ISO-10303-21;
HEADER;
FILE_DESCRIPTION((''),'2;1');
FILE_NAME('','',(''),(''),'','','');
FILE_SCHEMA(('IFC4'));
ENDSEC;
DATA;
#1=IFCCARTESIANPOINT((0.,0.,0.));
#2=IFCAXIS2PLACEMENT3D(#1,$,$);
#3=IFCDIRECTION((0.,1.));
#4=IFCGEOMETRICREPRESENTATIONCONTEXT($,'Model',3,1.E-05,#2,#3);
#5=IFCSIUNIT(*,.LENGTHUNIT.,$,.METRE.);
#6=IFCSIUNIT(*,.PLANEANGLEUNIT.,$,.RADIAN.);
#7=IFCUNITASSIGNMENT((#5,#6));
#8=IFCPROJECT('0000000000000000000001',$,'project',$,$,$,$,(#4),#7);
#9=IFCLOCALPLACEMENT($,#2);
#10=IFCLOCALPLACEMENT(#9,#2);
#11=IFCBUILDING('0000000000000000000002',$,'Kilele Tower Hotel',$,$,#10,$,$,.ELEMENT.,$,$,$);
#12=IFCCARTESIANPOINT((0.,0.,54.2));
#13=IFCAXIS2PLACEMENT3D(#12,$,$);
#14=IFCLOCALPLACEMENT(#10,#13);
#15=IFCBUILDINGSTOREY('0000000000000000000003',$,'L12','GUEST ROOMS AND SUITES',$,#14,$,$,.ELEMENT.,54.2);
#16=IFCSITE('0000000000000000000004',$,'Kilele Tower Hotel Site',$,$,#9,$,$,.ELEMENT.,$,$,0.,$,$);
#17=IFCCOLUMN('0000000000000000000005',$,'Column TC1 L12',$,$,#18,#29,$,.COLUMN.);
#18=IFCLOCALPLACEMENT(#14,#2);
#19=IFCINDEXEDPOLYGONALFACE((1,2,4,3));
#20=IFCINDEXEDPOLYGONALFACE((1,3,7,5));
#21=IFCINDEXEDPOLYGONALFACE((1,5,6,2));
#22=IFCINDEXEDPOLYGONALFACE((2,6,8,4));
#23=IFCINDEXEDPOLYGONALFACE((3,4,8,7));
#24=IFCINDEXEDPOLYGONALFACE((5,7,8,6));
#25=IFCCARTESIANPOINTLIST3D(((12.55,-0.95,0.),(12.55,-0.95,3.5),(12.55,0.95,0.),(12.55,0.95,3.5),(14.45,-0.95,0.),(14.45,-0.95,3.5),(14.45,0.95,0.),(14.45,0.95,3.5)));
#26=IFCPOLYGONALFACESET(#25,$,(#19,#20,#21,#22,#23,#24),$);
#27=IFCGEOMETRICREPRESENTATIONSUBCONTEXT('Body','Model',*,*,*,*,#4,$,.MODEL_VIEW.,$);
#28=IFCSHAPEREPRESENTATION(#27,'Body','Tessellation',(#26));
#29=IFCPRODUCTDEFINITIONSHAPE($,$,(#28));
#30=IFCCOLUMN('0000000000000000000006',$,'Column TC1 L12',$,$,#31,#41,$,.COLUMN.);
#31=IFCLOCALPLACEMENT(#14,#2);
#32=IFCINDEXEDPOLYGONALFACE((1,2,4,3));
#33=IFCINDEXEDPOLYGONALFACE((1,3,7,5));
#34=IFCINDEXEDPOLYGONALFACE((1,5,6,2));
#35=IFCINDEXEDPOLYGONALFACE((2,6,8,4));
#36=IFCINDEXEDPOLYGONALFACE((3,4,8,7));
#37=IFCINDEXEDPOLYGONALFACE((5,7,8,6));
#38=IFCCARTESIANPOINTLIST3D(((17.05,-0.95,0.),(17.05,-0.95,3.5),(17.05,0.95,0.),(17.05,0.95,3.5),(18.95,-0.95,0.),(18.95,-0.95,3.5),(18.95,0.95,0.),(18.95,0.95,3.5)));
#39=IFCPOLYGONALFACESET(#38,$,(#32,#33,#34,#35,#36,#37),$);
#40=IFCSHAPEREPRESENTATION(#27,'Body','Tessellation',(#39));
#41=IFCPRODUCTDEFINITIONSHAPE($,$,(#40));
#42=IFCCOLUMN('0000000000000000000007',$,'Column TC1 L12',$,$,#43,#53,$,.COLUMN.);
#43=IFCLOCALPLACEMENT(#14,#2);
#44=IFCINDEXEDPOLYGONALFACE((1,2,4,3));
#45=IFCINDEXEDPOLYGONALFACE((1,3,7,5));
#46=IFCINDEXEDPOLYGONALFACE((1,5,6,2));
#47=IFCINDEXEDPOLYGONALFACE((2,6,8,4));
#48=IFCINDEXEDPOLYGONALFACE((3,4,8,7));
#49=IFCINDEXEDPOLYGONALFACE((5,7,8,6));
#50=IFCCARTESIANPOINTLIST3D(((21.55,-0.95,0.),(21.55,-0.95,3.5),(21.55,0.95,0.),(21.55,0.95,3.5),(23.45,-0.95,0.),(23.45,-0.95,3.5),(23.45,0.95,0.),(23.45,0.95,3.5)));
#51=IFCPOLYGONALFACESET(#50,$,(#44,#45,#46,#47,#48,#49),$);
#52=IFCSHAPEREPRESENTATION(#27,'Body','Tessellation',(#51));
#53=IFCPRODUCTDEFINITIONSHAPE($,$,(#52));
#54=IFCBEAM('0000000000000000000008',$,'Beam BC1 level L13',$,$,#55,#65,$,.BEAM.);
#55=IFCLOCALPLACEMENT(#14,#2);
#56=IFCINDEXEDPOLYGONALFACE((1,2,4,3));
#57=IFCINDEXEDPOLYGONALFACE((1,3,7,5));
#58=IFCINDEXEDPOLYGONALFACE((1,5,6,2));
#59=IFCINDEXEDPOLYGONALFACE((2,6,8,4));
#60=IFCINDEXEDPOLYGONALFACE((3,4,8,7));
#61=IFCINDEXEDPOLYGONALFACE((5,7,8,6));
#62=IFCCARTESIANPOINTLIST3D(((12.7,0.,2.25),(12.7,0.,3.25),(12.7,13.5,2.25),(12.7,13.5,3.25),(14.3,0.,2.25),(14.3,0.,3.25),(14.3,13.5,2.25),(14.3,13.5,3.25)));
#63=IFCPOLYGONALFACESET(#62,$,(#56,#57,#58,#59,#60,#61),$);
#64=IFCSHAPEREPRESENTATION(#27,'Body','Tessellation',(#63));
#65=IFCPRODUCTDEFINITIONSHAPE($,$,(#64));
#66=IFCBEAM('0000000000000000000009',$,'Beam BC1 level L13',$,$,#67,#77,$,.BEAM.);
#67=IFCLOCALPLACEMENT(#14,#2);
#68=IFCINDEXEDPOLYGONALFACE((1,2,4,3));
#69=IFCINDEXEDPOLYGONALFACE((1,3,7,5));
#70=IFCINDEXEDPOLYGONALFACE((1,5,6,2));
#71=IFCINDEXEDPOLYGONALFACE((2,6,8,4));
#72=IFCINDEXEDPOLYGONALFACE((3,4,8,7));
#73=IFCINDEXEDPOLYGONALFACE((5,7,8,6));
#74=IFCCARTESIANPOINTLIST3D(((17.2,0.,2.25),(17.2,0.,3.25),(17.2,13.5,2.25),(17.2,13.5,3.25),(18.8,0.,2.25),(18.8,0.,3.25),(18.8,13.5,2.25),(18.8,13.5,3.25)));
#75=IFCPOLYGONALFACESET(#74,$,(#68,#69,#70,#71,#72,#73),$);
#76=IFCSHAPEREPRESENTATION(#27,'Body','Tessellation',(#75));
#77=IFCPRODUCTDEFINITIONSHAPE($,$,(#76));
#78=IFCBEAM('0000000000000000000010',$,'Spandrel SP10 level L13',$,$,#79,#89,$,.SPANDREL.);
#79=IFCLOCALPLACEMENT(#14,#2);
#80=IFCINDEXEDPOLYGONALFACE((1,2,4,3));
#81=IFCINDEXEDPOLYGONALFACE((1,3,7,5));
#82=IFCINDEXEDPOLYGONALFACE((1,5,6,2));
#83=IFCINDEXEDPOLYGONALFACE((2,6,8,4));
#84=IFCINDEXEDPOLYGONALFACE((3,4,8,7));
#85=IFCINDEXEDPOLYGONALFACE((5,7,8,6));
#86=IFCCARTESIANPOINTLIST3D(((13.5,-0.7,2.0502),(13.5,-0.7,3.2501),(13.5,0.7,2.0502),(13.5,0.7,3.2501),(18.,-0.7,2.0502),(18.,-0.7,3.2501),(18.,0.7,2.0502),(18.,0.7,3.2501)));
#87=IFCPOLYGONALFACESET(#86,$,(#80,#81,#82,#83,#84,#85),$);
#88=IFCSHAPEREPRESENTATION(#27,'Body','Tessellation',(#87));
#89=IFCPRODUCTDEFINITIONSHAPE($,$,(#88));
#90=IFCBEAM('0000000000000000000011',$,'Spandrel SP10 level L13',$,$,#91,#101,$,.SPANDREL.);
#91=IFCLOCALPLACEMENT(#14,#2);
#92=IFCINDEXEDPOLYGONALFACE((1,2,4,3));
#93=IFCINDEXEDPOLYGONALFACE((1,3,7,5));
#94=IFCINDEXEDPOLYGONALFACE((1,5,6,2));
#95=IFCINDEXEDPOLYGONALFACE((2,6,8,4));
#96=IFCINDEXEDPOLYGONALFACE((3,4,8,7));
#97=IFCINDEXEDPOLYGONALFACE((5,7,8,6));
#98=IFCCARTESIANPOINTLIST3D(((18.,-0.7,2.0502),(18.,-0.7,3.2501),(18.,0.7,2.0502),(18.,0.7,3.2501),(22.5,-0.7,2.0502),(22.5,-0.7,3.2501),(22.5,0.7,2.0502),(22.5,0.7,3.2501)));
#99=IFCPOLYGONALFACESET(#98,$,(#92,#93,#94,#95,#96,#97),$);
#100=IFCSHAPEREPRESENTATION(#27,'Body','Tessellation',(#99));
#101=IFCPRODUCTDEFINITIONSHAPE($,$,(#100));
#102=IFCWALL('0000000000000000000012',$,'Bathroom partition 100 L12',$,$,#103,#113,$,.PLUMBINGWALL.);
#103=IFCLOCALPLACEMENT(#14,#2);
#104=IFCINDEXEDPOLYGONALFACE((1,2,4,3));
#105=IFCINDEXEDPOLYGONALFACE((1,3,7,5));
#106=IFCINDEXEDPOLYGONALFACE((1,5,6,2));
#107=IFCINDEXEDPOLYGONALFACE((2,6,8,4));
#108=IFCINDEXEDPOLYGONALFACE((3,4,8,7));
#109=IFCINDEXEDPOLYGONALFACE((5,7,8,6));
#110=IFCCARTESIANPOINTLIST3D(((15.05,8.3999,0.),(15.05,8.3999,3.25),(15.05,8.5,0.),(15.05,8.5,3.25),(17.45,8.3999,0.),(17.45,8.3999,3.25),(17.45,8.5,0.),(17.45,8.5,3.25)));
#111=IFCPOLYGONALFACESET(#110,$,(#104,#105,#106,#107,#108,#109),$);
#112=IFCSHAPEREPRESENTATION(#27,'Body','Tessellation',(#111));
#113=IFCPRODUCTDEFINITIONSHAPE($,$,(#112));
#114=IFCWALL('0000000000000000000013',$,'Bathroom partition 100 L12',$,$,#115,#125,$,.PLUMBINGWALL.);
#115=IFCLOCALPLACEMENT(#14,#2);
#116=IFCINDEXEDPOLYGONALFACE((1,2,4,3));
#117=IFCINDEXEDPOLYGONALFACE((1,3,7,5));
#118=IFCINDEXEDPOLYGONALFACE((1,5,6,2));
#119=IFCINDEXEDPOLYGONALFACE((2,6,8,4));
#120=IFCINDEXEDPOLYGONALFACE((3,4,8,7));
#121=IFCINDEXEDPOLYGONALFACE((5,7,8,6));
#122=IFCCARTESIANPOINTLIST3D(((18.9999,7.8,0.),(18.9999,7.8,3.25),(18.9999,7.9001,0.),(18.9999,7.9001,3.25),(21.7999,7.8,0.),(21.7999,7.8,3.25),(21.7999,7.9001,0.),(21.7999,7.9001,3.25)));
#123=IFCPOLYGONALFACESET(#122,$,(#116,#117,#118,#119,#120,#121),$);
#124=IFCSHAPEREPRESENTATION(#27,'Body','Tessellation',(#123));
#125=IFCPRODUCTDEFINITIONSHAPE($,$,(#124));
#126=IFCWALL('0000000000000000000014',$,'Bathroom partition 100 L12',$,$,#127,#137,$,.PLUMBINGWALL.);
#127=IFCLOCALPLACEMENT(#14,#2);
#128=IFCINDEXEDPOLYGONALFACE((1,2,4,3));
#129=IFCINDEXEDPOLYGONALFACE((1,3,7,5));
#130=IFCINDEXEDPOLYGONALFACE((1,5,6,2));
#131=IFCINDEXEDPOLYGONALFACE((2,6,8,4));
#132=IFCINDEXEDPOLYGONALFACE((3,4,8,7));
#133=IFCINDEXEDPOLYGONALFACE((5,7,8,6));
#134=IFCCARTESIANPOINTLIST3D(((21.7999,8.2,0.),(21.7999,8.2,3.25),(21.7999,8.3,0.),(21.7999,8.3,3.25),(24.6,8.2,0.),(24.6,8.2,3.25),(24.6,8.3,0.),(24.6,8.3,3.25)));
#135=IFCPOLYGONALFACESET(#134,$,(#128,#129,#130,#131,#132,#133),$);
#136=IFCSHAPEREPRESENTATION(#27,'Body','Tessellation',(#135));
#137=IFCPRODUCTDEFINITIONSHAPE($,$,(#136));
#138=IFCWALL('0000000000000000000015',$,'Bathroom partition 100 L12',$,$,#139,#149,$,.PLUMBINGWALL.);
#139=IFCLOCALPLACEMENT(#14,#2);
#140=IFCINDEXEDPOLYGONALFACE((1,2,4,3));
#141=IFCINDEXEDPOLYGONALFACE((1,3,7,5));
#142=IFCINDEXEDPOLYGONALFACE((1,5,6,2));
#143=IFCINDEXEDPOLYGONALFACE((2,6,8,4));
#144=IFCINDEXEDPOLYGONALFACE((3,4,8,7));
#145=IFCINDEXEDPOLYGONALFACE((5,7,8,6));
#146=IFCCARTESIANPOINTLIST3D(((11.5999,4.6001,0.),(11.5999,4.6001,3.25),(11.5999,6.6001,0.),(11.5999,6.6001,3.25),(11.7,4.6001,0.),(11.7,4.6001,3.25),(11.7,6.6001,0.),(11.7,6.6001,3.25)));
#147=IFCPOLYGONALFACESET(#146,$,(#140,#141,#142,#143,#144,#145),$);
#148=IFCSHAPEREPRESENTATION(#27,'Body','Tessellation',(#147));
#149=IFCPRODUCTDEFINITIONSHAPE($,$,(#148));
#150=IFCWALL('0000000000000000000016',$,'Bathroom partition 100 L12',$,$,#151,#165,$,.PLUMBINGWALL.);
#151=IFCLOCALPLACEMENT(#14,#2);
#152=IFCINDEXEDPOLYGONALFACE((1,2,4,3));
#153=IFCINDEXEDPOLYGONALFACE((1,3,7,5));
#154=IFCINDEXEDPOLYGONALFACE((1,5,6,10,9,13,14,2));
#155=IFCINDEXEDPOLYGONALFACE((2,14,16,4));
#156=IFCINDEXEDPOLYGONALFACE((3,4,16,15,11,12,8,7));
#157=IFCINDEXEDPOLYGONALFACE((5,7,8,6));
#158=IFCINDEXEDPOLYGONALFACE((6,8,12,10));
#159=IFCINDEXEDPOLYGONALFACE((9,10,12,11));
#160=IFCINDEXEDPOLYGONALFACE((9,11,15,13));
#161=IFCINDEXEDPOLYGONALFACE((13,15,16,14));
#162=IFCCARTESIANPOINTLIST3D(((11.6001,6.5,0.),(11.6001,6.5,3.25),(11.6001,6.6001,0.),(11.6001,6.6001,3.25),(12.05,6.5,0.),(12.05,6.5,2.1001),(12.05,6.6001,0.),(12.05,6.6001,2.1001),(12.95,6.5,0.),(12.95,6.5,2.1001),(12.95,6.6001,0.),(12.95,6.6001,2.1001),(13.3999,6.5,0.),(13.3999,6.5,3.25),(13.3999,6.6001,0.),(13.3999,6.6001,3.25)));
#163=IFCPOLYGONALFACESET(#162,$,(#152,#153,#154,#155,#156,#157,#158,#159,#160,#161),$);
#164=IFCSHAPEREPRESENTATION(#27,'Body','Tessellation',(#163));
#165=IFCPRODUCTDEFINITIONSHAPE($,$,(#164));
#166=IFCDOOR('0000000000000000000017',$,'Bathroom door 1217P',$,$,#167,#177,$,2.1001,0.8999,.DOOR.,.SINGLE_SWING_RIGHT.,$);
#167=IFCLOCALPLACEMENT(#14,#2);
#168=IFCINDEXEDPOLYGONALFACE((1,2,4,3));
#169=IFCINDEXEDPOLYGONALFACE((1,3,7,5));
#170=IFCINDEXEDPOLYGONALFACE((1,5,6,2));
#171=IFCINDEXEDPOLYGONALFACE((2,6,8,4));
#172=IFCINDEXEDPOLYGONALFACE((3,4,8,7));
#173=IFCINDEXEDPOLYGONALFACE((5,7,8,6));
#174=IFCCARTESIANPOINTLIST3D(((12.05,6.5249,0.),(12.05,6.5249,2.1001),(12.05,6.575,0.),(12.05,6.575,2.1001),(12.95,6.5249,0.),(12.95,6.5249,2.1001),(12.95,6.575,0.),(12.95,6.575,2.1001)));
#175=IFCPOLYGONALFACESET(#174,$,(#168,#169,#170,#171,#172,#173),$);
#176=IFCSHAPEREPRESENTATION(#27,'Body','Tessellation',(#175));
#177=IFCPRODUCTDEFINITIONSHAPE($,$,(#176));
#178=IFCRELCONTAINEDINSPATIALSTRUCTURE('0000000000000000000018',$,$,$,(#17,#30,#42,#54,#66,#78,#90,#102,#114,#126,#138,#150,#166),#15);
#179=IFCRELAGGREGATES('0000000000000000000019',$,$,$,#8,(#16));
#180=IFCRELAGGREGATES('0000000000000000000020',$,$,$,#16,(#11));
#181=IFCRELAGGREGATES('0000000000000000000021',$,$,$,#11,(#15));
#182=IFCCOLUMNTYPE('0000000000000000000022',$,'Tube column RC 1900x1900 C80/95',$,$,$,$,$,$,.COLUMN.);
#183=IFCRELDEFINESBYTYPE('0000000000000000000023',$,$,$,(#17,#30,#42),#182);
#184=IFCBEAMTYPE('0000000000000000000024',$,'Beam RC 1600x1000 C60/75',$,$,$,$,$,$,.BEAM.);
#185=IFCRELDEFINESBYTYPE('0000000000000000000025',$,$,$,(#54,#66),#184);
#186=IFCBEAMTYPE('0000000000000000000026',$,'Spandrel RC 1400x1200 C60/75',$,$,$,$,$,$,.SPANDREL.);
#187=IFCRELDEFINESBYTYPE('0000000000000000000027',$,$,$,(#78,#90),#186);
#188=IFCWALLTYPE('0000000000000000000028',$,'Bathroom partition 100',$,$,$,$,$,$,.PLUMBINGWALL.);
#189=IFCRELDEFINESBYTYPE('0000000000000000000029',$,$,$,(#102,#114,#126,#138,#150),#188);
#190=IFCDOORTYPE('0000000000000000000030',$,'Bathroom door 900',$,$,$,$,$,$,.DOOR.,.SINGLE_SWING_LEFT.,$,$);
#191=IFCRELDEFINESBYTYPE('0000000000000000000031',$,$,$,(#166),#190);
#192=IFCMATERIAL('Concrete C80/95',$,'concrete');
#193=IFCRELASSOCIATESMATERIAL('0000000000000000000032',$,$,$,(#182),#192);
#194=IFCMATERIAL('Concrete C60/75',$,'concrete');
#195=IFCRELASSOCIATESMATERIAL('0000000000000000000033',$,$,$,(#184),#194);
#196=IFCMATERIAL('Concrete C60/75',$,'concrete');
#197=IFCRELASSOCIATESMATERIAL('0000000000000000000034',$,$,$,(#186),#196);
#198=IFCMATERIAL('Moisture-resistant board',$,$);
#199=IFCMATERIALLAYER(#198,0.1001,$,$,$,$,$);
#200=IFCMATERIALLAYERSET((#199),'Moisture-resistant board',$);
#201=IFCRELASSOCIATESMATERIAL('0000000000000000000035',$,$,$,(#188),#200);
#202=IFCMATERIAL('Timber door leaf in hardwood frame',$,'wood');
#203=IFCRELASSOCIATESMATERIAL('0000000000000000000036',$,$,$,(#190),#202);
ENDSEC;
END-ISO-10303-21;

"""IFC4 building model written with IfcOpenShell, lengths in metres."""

from ifc_helpers import new_model, si_unit, direction, frame, frame_2d, origin, origin_2d, place, context, subcontext, project, spatial, rectangle, extrude, material, layer, layer_set, material_profile, profile_set, type_object, element, fill, save


model = new_model("IFC4")

# Units and contexts
model_context = context("Model", 3, precision=1e-05, world=origin(), true_north=direction((0.0, 1.0)))
body_context = subcontext(model_context, "Body", "Model", "MODEL_VIEW")
ifc_project = project(units=[si_unit("LENGTHUNIT", "METRE"), si_unit("PLANEANGLEUNIT", "RADIAN")], contexts=[model_context])

# Site, building, storey
site_placement = place(None, origin())
site = spatial("IfcSite", under=ifc_project, at=site_placement, Name="Kilele Tower Hotel Site", CompositionType="ELEMENT", RefElevation=0.0)
building_placement = place(site_placement, origin())
building = spatial("IfcBuilding", under=site, at=building_placement, Name="Kilele Tower Hotel", CompositionType="ELEMENT")
storey_placement = place(building_placement, frame((0.0, 0.0, 54.2)))
storey = spatial("IfcBuildingStorey", under=building, at=storey_placement, Name="L12", Description="GUEST ROOMS AND SUITES", CompositionType="ELEMENT", Elevation=54.2)

# Columns
ifc_material_1 = material(Name="Concrete C80/95", Category="concrete")
ifc_material_profile_1 = material_profile(ifc_material_1, rectangle(XDim=1.8999, YDim=1.8999, at=origin_2d()))
ifc_profile_set_1 = profile_set([ifc_material_profile_1], Name="Concrete C80/95")
column_type = type_object("IfcColumnType", Name="Tube column RC 1900x1900 C80/95", PredefinedType="COLUMN", material=ifc_profile_set_1)
for number, where, z_axis, x_axis, name in (
    (1, (13.5, 0.0, 0.0), (0.0, 0.0, 1.0), (1.0, 0.0, 0.0), "Column TC1 L12"),
    (2, (18.0, 0.0, 0.0), (0.0, 0.0, 1.0), (1.0, 0.0, 0.0), "Column TC1 L12"),
    (3, (22.5, 0.0, 0.0), (0.0, 0.0, 1.0), (1.0, 0.0, 0.0), "Column TC1 L12"),
):
    element("IfcColumn", number, at=place(storey_placement, frame(where, z_axis=z_axis, x_axis=x_axis)), inside=storey, type_object=column_type, Name=name, PredefinedType="COLUMN", context=body_context, shape_type="SweptSolid", body=[
        extrude(rectangle(XDim=1.8999, YDim=1.8999, at=origin_2d()), origin(), (0.0, 0.0, 1.0), 3.5),
    ])

# Beams
ifc_material_2 = material(Name="Concrete C60/75", Category="concrete")
ifc_material_profile_2 = material_profile(ifc_material_2, rectangle(XDim=1.6001, YDim=1.0, at=origin_2d()))
ifc_profile_set_2 = profile_set([ifc_material_profile_2], Name="Concrete C60/75")
beam_type_1 = type_object("IfcBeamType", Name="Beam RC 1600x1000 C60/75", PredefinedType="BEAM", material=ifc_profile_set_2)
for number, where, z_axis, x_axis, name in (
    (4, (13.5, 0.0, 2.75), (0.0, 1.0, 0.0), (-1.0, 0.0, 0.0), "Beam BC1 level L13"),
    (5, (18.0, 0.0, 2.75), (0.0, 1.0, 0.0), (-1.0, 0.0, 0.0), "Beam BC1 level L13"),
):
    element("IfcBeam", number, at=place(storey_placement, frame(where, z_axis=z_axis, x_axis=x_axis)), inside=storey, type_object=beam_type_1, Name=name, PredefinedType="BEAM", context=body_context, shape_type="SweptSolid", body=[
        extrude(rectangle(XDim=1.6001, YDim=1.0, at=origin_2d()), origin(), (0.0, 0.0, 1.0), 13.5),
    ])
ifc_material_3 = material(Name="Concrete C60/75", Category="concrete")
ifc_material_profile_3 = material_profile(ifc_material_3, rectangle(XDim=1.3999, YDim=1.2, at=origin_2d()))
ifc_profile_set_3 = profile_set([ifc_material_profile_3], Name="Concrete C60/75")
beam_type_2 = type_object("IfcBeamType", Name="Spandrel RC 1400x1200 C60/75", PredefinedType="SPANDREL", material=ifc_profile_set_3)
for number, where, z_axis, x_axis, name in (
    (6, (13.5, 0.0, 2.6501), (1.0, 0.0, 0.0), (0.0, 1.0, 0.0), "Spandrel SP10 level L13"),
    (7, (18.0, 0.0, 2.6501), (1.0, 0.0, 0.0), (0.0, 1.0, 0.0), "Spandrel SP10 level L13"),
):
    element("IfcBeam", number, at=place(storey_placement, frame(where, z_axis=z_axis, x_axis=x_axis)), inside=storey, type_object=beam_type_2, Name=name, PredefinedType="SPANDREL", context=body_context, shape_type="SweptSolid", body=[
        extrude(rectangle(XDim=1.3999, YDim=1.2, at=origin_2d()), origin(), (0.0, 0.0, 1.0), 4.5),
    ])

# Walls
ifc_material_4 = material(Name="Moisture-resistant board")
ifc_layer_1 = layer(ifc_material_4, 0.1001)
ifc_layer_set_1 = layer_set([ifc_layer_1], Name="Moisture-resistant board")
wall_type_1 = type_object("IfcWallType", Name="Bathroom partition 100", PredefinedType="PLUMBINGWALL", material=ifc_layer_set_1)
wall_1_placement = place(storey_placement, frame((15.05, 8.45, 0.0), z_axis=(0.0, 0.0, 1.0), x_axis=(1.0, 0.0, 0.0)))
element("IfcWall", 8, at=wall_1_placement, inside=storey, type_object=wall_type_1, Name="Bathroom partition 100 L12", PredefinedType="PLUMBINGWALL", context=body_context, shape_type="SweptSolid", body=[
    extrude(rectangle(XDim=2.3999, YDim=0.1001, at=frame_2d((1.2, 0.0))), origin(), (0.0, 0.0, 1.0), 3.25),
])
for number, where, z_axis, x_axis, name in (
    (9, (19.0, 7.8501, 0.0), (0.0, 0.0, 1.0), (1.0, 0.0, 0.0), "Bathroom partition 100 L12"),
    (10, (21.8, 8.25, 0.0), (0.0, 0.0, 1.0), (1.0, 0.0, 0.0), "Bathroom partition 100 L12"),
):
    element("IfcWall", number, at=place(storey_placement, frame(where, z_axis=z_axis, x_axis=x_axis)), inside=storey, type_object=wall_type_1, Name=name, PredefinedType="PLUMBINGWALL", context=body_context, shape_type="SweptSolid", body=[
        extrude(rectangle(XDim=2.8, YDim=0.1001, at=frame_2d((1.3999, 0.0))), origin(), (0.0, 0.0, 1.0), 3.25),
    ])
wall_2_placement = place(storey_placement, frame((11.6499, 4.6001, 0.0), z_axis=(0.0, 0.0, 1.0), x_axis=(0.0, 1.0, 0.0)))
element("IfcWall", 11, at=wall_2_placement, inside=storey, type_object=wall_type_1, Name="Bathroom partition 100 L12", PredefinedType="PLUMBINGWALL", context=body_context, shape_type="SweptSolid", body=[
    extrude(rectangle(XDim=2.0, YDim=0.1001, at=frame_2d((1.0, 0.0))), origin(), (0.0, 0.0, 1.0), 3.25),
])

# Wall, opening, door
wall_3_placement = place(storey_placement, frame((13.3999, 6.55, 0.0), z_axis=(0.0, 0.0, 1.0), x_axis=(-1.0, 0.0, 0.0)))
wall_3 = element("IfcWall", 12, at=wall_3_placement, inside=storey, type_object=wall_type_1, Name="Bathroom partition 100 L12", PredefinedType="PLUMBINGWALL", context=body_context, shape_type="SweptSolid", body=[
    extrude(rectangle(XDim=1.7998, YDim=0.1001, at=frame_2d((0.8999, 0.0))), origin(), (0.0, 0.0, 1.0), 3.25),
])
opening_1_placement = place(wall_3_placement, frame((1.3499, 0.0, 0.0), z_axis=(0.0, 0.0, 1.0), x_axis=(-1.0, 0.0, 0.0)))
opening_1 = element("IfcOpeningElement", 13, at=opening_1_placement, cuts=wall_3, PredefinedType="OPENING", context=body_context, shape_type="SweptSolid", body=[
    extrude(rectangle(XDim=0.8999, YDim=2.1001, at=frame_2d((0.45, 1.05))), frame((0.0, 0.0601, 0.0), z_axis=(0.0, -1.0, 0.0), x_axis=(1.0, 0.0, 0.0)), (0.0, 0.0, 1.0), 0.1201),
])
ifc_material_5 = material(Name="Timber door leaf in hardwood frame", Category="wood")
door_type_1 = type_object("IfcDoorType", Name="Bathroom door 900", OperationType="SINGLE_SWING_LEFT", PredefinedType="DOOR", material=ifc_material_5)
door_1_placement = place(opening_1_placement, origin())
door_1 = element("IfcDoor", 14, at=door_1_placement, inside=storey, type_object=door_type_1, Name="Bathroom door 1217P", OperationType="SINGLE_SWING_RIGHT", OverallHeight=2.1001, OverallWidth=0.8999, PredefinedType="DOOR", context=body_context, shape_type="SweptSolid", body=[
    extrude(rectangle(XDim=0.8999, YDim=2.1001, at=frame_2d((0.45, 1.05))), frame((0.0, 0.0249, 0.0), z_axis=(0.0, -1.0, 0.0), x_axis=(1.0, 0.0, 0.0)), (0.0, 0.0, 1.0), 0.05),
])
fill(opening_1, door_1)

save(model, "model.ifc")
